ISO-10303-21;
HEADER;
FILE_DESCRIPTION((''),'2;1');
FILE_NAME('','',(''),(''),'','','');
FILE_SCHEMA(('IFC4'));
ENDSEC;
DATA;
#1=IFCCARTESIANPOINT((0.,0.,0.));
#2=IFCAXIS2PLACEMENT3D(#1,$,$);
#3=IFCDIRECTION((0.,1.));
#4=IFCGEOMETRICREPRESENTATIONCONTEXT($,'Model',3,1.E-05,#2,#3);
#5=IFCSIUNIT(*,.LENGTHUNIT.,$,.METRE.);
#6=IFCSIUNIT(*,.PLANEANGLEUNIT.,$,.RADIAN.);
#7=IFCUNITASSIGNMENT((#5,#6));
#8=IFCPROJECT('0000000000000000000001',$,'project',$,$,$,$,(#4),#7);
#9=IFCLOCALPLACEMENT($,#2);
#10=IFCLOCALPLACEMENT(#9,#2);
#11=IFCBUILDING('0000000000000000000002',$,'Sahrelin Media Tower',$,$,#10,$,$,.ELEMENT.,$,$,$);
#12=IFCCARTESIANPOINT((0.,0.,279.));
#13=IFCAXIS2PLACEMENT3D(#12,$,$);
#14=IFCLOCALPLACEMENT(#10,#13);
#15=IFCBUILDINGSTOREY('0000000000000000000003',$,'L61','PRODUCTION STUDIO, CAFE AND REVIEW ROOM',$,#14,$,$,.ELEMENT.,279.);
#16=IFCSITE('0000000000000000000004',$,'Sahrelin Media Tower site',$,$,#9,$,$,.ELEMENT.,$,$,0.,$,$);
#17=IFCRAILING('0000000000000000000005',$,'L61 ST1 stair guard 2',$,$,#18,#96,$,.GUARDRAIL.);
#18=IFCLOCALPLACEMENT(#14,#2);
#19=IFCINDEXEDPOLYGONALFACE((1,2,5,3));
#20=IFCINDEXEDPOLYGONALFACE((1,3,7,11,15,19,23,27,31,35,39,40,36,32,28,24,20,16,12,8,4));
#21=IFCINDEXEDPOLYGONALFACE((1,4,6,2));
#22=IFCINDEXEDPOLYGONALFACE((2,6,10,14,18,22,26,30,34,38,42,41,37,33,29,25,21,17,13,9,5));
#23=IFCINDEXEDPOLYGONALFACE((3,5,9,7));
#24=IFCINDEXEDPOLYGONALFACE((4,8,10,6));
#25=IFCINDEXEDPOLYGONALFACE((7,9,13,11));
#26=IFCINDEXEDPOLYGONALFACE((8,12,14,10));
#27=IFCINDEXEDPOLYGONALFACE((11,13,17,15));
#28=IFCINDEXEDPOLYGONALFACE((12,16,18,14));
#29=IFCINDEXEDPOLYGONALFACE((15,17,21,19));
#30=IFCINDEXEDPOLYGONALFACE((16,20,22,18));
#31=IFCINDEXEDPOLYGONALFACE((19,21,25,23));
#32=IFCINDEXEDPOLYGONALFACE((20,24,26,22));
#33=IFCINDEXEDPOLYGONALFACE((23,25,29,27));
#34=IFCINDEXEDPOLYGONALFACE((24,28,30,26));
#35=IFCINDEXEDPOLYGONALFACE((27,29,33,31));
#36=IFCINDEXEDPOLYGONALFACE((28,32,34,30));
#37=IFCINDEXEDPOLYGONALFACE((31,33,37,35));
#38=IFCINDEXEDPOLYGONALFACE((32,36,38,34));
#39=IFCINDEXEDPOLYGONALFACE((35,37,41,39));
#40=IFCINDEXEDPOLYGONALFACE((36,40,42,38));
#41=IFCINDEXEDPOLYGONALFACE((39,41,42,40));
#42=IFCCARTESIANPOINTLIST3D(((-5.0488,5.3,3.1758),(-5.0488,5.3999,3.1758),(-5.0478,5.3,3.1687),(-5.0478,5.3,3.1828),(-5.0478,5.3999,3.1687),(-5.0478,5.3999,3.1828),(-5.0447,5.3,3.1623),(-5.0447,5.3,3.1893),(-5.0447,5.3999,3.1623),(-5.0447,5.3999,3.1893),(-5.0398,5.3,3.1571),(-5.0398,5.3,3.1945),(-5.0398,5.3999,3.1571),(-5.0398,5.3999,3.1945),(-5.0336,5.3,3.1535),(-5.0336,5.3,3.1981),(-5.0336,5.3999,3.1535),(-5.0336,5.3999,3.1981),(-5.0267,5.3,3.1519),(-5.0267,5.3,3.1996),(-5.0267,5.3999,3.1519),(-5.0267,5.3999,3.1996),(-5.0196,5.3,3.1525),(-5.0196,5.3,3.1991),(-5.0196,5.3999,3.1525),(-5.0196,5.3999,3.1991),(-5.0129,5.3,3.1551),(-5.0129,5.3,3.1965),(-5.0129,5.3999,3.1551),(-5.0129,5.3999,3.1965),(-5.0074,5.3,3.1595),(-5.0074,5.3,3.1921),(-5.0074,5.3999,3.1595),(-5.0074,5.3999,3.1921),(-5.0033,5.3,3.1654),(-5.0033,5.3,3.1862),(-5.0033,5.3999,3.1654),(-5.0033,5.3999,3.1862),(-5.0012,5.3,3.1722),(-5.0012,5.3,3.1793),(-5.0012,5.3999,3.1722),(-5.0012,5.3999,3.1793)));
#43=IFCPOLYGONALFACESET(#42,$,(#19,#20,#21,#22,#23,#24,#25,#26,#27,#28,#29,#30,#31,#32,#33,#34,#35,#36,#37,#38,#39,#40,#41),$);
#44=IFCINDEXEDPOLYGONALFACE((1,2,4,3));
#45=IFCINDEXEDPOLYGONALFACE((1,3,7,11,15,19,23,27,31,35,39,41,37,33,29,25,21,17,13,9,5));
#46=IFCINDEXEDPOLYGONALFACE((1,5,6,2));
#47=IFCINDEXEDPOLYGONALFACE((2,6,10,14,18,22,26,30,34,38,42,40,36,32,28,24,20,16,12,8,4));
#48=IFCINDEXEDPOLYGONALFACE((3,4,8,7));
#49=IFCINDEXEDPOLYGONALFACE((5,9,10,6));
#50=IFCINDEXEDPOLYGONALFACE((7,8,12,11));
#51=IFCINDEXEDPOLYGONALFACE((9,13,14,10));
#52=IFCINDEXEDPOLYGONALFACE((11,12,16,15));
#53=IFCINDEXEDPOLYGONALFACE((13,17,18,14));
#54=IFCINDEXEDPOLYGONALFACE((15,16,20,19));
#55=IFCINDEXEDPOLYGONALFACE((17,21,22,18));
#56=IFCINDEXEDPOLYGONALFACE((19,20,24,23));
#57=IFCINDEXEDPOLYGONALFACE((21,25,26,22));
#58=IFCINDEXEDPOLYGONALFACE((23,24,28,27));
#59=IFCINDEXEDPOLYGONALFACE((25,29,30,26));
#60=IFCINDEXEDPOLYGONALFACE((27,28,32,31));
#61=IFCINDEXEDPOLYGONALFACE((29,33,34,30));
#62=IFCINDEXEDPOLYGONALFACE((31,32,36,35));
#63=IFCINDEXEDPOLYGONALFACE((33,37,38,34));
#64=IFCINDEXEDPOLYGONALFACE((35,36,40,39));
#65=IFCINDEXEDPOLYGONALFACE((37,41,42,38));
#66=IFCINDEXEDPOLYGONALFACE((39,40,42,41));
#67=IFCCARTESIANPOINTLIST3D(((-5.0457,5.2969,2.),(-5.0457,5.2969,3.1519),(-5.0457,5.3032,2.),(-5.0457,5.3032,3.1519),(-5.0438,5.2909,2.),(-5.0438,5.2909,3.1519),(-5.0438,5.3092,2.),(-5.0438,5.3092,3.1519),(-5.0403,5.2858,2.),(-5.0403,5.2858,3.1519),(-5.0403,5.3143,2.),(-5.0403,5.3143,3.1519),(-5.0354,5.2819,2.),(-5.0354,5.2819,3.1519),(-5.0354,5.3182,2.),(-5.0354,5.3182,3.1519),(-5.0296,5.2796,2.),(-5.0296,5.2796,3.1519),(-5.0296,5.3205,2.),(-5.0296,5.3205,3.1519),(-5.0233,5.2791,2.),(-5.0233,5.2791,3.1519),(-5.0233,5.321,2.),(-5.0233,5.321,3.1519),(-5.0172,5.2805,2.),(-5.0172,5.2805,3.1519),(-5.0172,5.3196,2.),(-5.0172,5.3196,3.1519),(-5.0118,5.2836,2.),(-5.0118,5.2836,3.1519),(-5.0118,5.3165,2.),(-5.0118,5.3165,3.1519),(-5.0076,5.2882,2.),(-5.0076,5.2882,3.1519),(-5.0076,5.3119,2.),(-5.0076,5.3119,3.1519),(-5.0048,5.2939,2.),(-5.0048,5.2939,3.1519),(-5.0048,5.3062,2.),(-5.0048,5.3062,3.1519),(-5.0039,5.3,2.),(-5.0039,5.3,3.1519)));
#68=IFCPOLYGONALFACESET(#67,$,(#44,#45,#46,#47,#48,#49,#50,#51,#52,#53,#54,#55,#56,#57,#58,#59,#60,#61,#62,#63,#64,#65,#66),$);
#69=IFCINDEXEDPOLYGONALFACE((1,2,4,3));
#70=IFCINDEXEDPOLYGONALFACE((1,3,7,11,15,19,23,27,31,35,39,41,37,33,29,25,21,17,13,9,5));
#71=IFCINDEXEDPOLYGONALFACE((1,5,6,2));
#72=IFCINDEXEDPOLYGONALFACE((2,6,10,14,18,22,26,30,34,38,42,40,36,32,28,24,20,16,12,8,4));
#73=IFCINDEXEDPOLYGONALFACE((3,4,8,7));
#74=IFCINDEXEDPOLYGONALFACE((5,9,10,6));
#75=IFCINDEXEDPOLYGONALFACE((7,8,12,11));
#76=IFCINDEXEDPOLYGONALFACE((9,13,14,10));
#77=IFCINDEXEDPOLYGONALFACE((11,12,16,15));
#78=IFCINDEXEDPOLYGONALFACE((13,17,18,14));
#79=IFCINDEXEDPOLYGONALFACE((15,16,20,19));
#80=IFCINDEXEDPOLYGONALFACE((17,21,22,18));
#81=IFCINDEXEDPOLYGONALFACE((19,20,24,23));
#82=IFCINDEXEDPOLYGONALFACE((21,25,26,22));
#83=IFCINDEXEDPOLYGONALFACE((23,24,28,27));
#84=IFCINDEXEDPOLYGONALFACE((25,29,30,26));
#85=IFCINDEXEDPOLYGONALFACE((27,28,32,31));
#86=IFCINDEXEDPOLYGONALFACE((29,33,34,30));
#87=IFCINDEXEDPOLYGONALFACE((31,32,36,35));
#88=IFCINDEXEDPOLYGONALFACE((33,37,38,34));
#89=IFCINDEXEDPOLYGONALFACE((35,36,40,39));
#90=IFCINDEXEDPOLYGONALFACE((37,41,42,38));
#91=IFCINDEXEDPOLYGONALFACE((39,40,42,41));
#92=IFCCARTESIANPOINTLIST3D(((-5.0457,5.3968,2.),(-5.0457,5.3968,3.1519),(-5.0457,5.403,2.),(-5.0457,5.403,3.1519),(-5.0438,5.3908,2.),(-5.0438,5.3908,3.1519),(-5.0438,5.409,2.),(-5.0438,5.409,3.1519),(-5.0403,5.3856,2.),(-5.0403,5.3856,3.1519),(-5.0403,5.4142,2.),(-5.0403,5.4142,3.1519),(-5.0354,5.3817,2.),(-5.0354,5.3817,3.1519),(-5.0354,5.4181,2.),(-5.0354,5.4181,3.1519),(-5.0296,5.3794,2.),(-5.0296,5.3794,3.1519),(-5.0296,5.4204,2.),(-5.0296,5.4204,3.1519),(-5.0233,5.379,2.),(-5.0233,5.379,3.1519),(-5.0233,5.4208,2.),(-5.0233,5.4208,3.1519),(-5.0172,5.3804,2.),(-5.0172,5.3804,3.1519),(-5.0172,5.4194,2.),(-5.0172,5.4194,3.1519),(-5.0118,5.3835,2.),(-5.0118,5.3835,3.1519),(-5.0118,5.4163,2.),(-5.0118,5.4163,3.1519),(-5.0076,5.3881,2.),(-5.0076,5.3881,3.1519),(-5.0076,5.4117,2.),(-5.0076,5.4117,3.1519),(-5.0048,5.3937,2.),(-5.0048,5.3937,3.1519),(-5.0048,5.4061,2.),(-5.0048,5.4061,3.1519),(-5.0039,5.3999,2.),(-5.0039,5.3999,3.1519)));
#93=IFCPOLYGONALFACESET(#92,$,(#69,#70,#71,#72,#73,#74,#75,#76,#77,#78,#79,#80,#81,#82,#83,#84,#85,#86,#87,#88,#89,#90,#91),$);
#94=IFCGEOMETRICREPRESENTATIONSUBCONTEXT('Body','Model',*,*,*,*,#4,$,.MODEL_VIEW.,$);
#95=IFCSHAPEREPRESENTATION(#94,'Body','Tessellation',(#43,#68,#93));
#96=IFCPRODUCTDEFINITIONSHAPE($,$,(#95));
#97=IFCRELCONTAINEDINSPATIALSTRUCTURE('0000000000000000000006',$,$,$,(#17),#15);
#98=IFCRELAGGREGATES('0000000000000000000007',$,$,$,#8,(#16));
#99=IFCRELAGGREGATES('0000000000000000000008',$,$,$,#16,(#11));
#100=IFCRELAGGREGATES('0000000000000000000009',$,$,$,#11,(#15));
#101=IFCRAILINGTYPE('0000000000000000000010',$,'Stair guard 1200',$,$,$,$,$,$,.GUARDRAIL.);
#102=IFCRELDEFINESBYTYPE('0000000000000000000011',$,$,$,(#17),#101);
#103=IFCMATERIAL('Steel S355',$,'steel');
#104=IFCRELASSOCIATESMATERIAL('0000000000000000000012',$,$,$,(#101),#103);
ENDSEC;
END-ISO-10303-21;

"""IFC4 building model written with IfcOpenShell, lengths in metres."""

from ifc_helpers import new_model, si_unit, direction, frame, origin, origin_2d, place, context, subcontext, project, spatial, circle, extrude, material, type_object, element, save


model = new_model("IFC4")

# Units and contexts
model_context = context("Model", 3, precision=1e-05, world=origin(), true_north=direction((0.0, 1.0)))
body_context = subcontext(model_context, "Body", "Model", "MODEL_VIEW")
ifc_project = project(units=[si_unit("LENGTHUNIT", "METRE"), si_unit("PLANEANGLEUNIT", "RADIAN")], contexts=[model_context])

# Site, building, storey
site_placement = place(None, origin())
site = spatial("IfcSite", under=ifc_project, at=site_placement, Name="Sahrelin Media Tower site", CompositionType="ELEMENT", RefElevation=0.0)
building_placement = place(site_placement, origin())
building = spatial("IfcBuilding", under=site, at=building_placement, Name="Sahrelin Media Tower", CompositionType="ELEMENT")
storey_placement = place(building_placement, frame((0.0, 0.0, 279.0)))
storey = spatial("IfcBuildingStorey", under=building, at=storey_placement, Name="L61", Description="PRODUCTION STUDIO, CAFE AND REVIEW ROOM", CompositionType="ELEMENT", Elevation=279.0)

# Shared definitions
ifc_material_1 = material(Name="Steel S355", Category="steel")

# Railing
railing_type_1 = type_object("IfcRailingType", Name="Stair guard 1200", PredefinedType="GUARDRAIL", material=ifc_material_1)
railing_1_placement = place(storey_placement, frame((-5.0249, 5.3, 2.0)))
element("IfcRailing", 1, at=railing_1_placement, inside=storey, type_object=railing_type_1, Name="L61 ST1 stair guard 2", PredefinedType="GUARDRAIL", context=body_context, shape_type="SweptSolid", body=[
    extrude(circle(Radius=0.0239, at=origin_2d()), frame((0.0, 0.0, 1.1758), z_axis=(0.0, 1.0, 0.0), x_axis=(-1.0, 0.0, 0.0)), (0.0, 0.0, 1.0), 0.0999),
    extrude(circle(Radius=0.021, at=origin_2d()), origin(), (0.0, 0.0, 1.0), 1.1519),
    extrude(circle(Radius=0.021, at=origin_2d()), frame((0.0, 0.0999, 0.0)), (0.0, 0.0, 1.0), 1.1519),
])

save(model, "model.ifc")
